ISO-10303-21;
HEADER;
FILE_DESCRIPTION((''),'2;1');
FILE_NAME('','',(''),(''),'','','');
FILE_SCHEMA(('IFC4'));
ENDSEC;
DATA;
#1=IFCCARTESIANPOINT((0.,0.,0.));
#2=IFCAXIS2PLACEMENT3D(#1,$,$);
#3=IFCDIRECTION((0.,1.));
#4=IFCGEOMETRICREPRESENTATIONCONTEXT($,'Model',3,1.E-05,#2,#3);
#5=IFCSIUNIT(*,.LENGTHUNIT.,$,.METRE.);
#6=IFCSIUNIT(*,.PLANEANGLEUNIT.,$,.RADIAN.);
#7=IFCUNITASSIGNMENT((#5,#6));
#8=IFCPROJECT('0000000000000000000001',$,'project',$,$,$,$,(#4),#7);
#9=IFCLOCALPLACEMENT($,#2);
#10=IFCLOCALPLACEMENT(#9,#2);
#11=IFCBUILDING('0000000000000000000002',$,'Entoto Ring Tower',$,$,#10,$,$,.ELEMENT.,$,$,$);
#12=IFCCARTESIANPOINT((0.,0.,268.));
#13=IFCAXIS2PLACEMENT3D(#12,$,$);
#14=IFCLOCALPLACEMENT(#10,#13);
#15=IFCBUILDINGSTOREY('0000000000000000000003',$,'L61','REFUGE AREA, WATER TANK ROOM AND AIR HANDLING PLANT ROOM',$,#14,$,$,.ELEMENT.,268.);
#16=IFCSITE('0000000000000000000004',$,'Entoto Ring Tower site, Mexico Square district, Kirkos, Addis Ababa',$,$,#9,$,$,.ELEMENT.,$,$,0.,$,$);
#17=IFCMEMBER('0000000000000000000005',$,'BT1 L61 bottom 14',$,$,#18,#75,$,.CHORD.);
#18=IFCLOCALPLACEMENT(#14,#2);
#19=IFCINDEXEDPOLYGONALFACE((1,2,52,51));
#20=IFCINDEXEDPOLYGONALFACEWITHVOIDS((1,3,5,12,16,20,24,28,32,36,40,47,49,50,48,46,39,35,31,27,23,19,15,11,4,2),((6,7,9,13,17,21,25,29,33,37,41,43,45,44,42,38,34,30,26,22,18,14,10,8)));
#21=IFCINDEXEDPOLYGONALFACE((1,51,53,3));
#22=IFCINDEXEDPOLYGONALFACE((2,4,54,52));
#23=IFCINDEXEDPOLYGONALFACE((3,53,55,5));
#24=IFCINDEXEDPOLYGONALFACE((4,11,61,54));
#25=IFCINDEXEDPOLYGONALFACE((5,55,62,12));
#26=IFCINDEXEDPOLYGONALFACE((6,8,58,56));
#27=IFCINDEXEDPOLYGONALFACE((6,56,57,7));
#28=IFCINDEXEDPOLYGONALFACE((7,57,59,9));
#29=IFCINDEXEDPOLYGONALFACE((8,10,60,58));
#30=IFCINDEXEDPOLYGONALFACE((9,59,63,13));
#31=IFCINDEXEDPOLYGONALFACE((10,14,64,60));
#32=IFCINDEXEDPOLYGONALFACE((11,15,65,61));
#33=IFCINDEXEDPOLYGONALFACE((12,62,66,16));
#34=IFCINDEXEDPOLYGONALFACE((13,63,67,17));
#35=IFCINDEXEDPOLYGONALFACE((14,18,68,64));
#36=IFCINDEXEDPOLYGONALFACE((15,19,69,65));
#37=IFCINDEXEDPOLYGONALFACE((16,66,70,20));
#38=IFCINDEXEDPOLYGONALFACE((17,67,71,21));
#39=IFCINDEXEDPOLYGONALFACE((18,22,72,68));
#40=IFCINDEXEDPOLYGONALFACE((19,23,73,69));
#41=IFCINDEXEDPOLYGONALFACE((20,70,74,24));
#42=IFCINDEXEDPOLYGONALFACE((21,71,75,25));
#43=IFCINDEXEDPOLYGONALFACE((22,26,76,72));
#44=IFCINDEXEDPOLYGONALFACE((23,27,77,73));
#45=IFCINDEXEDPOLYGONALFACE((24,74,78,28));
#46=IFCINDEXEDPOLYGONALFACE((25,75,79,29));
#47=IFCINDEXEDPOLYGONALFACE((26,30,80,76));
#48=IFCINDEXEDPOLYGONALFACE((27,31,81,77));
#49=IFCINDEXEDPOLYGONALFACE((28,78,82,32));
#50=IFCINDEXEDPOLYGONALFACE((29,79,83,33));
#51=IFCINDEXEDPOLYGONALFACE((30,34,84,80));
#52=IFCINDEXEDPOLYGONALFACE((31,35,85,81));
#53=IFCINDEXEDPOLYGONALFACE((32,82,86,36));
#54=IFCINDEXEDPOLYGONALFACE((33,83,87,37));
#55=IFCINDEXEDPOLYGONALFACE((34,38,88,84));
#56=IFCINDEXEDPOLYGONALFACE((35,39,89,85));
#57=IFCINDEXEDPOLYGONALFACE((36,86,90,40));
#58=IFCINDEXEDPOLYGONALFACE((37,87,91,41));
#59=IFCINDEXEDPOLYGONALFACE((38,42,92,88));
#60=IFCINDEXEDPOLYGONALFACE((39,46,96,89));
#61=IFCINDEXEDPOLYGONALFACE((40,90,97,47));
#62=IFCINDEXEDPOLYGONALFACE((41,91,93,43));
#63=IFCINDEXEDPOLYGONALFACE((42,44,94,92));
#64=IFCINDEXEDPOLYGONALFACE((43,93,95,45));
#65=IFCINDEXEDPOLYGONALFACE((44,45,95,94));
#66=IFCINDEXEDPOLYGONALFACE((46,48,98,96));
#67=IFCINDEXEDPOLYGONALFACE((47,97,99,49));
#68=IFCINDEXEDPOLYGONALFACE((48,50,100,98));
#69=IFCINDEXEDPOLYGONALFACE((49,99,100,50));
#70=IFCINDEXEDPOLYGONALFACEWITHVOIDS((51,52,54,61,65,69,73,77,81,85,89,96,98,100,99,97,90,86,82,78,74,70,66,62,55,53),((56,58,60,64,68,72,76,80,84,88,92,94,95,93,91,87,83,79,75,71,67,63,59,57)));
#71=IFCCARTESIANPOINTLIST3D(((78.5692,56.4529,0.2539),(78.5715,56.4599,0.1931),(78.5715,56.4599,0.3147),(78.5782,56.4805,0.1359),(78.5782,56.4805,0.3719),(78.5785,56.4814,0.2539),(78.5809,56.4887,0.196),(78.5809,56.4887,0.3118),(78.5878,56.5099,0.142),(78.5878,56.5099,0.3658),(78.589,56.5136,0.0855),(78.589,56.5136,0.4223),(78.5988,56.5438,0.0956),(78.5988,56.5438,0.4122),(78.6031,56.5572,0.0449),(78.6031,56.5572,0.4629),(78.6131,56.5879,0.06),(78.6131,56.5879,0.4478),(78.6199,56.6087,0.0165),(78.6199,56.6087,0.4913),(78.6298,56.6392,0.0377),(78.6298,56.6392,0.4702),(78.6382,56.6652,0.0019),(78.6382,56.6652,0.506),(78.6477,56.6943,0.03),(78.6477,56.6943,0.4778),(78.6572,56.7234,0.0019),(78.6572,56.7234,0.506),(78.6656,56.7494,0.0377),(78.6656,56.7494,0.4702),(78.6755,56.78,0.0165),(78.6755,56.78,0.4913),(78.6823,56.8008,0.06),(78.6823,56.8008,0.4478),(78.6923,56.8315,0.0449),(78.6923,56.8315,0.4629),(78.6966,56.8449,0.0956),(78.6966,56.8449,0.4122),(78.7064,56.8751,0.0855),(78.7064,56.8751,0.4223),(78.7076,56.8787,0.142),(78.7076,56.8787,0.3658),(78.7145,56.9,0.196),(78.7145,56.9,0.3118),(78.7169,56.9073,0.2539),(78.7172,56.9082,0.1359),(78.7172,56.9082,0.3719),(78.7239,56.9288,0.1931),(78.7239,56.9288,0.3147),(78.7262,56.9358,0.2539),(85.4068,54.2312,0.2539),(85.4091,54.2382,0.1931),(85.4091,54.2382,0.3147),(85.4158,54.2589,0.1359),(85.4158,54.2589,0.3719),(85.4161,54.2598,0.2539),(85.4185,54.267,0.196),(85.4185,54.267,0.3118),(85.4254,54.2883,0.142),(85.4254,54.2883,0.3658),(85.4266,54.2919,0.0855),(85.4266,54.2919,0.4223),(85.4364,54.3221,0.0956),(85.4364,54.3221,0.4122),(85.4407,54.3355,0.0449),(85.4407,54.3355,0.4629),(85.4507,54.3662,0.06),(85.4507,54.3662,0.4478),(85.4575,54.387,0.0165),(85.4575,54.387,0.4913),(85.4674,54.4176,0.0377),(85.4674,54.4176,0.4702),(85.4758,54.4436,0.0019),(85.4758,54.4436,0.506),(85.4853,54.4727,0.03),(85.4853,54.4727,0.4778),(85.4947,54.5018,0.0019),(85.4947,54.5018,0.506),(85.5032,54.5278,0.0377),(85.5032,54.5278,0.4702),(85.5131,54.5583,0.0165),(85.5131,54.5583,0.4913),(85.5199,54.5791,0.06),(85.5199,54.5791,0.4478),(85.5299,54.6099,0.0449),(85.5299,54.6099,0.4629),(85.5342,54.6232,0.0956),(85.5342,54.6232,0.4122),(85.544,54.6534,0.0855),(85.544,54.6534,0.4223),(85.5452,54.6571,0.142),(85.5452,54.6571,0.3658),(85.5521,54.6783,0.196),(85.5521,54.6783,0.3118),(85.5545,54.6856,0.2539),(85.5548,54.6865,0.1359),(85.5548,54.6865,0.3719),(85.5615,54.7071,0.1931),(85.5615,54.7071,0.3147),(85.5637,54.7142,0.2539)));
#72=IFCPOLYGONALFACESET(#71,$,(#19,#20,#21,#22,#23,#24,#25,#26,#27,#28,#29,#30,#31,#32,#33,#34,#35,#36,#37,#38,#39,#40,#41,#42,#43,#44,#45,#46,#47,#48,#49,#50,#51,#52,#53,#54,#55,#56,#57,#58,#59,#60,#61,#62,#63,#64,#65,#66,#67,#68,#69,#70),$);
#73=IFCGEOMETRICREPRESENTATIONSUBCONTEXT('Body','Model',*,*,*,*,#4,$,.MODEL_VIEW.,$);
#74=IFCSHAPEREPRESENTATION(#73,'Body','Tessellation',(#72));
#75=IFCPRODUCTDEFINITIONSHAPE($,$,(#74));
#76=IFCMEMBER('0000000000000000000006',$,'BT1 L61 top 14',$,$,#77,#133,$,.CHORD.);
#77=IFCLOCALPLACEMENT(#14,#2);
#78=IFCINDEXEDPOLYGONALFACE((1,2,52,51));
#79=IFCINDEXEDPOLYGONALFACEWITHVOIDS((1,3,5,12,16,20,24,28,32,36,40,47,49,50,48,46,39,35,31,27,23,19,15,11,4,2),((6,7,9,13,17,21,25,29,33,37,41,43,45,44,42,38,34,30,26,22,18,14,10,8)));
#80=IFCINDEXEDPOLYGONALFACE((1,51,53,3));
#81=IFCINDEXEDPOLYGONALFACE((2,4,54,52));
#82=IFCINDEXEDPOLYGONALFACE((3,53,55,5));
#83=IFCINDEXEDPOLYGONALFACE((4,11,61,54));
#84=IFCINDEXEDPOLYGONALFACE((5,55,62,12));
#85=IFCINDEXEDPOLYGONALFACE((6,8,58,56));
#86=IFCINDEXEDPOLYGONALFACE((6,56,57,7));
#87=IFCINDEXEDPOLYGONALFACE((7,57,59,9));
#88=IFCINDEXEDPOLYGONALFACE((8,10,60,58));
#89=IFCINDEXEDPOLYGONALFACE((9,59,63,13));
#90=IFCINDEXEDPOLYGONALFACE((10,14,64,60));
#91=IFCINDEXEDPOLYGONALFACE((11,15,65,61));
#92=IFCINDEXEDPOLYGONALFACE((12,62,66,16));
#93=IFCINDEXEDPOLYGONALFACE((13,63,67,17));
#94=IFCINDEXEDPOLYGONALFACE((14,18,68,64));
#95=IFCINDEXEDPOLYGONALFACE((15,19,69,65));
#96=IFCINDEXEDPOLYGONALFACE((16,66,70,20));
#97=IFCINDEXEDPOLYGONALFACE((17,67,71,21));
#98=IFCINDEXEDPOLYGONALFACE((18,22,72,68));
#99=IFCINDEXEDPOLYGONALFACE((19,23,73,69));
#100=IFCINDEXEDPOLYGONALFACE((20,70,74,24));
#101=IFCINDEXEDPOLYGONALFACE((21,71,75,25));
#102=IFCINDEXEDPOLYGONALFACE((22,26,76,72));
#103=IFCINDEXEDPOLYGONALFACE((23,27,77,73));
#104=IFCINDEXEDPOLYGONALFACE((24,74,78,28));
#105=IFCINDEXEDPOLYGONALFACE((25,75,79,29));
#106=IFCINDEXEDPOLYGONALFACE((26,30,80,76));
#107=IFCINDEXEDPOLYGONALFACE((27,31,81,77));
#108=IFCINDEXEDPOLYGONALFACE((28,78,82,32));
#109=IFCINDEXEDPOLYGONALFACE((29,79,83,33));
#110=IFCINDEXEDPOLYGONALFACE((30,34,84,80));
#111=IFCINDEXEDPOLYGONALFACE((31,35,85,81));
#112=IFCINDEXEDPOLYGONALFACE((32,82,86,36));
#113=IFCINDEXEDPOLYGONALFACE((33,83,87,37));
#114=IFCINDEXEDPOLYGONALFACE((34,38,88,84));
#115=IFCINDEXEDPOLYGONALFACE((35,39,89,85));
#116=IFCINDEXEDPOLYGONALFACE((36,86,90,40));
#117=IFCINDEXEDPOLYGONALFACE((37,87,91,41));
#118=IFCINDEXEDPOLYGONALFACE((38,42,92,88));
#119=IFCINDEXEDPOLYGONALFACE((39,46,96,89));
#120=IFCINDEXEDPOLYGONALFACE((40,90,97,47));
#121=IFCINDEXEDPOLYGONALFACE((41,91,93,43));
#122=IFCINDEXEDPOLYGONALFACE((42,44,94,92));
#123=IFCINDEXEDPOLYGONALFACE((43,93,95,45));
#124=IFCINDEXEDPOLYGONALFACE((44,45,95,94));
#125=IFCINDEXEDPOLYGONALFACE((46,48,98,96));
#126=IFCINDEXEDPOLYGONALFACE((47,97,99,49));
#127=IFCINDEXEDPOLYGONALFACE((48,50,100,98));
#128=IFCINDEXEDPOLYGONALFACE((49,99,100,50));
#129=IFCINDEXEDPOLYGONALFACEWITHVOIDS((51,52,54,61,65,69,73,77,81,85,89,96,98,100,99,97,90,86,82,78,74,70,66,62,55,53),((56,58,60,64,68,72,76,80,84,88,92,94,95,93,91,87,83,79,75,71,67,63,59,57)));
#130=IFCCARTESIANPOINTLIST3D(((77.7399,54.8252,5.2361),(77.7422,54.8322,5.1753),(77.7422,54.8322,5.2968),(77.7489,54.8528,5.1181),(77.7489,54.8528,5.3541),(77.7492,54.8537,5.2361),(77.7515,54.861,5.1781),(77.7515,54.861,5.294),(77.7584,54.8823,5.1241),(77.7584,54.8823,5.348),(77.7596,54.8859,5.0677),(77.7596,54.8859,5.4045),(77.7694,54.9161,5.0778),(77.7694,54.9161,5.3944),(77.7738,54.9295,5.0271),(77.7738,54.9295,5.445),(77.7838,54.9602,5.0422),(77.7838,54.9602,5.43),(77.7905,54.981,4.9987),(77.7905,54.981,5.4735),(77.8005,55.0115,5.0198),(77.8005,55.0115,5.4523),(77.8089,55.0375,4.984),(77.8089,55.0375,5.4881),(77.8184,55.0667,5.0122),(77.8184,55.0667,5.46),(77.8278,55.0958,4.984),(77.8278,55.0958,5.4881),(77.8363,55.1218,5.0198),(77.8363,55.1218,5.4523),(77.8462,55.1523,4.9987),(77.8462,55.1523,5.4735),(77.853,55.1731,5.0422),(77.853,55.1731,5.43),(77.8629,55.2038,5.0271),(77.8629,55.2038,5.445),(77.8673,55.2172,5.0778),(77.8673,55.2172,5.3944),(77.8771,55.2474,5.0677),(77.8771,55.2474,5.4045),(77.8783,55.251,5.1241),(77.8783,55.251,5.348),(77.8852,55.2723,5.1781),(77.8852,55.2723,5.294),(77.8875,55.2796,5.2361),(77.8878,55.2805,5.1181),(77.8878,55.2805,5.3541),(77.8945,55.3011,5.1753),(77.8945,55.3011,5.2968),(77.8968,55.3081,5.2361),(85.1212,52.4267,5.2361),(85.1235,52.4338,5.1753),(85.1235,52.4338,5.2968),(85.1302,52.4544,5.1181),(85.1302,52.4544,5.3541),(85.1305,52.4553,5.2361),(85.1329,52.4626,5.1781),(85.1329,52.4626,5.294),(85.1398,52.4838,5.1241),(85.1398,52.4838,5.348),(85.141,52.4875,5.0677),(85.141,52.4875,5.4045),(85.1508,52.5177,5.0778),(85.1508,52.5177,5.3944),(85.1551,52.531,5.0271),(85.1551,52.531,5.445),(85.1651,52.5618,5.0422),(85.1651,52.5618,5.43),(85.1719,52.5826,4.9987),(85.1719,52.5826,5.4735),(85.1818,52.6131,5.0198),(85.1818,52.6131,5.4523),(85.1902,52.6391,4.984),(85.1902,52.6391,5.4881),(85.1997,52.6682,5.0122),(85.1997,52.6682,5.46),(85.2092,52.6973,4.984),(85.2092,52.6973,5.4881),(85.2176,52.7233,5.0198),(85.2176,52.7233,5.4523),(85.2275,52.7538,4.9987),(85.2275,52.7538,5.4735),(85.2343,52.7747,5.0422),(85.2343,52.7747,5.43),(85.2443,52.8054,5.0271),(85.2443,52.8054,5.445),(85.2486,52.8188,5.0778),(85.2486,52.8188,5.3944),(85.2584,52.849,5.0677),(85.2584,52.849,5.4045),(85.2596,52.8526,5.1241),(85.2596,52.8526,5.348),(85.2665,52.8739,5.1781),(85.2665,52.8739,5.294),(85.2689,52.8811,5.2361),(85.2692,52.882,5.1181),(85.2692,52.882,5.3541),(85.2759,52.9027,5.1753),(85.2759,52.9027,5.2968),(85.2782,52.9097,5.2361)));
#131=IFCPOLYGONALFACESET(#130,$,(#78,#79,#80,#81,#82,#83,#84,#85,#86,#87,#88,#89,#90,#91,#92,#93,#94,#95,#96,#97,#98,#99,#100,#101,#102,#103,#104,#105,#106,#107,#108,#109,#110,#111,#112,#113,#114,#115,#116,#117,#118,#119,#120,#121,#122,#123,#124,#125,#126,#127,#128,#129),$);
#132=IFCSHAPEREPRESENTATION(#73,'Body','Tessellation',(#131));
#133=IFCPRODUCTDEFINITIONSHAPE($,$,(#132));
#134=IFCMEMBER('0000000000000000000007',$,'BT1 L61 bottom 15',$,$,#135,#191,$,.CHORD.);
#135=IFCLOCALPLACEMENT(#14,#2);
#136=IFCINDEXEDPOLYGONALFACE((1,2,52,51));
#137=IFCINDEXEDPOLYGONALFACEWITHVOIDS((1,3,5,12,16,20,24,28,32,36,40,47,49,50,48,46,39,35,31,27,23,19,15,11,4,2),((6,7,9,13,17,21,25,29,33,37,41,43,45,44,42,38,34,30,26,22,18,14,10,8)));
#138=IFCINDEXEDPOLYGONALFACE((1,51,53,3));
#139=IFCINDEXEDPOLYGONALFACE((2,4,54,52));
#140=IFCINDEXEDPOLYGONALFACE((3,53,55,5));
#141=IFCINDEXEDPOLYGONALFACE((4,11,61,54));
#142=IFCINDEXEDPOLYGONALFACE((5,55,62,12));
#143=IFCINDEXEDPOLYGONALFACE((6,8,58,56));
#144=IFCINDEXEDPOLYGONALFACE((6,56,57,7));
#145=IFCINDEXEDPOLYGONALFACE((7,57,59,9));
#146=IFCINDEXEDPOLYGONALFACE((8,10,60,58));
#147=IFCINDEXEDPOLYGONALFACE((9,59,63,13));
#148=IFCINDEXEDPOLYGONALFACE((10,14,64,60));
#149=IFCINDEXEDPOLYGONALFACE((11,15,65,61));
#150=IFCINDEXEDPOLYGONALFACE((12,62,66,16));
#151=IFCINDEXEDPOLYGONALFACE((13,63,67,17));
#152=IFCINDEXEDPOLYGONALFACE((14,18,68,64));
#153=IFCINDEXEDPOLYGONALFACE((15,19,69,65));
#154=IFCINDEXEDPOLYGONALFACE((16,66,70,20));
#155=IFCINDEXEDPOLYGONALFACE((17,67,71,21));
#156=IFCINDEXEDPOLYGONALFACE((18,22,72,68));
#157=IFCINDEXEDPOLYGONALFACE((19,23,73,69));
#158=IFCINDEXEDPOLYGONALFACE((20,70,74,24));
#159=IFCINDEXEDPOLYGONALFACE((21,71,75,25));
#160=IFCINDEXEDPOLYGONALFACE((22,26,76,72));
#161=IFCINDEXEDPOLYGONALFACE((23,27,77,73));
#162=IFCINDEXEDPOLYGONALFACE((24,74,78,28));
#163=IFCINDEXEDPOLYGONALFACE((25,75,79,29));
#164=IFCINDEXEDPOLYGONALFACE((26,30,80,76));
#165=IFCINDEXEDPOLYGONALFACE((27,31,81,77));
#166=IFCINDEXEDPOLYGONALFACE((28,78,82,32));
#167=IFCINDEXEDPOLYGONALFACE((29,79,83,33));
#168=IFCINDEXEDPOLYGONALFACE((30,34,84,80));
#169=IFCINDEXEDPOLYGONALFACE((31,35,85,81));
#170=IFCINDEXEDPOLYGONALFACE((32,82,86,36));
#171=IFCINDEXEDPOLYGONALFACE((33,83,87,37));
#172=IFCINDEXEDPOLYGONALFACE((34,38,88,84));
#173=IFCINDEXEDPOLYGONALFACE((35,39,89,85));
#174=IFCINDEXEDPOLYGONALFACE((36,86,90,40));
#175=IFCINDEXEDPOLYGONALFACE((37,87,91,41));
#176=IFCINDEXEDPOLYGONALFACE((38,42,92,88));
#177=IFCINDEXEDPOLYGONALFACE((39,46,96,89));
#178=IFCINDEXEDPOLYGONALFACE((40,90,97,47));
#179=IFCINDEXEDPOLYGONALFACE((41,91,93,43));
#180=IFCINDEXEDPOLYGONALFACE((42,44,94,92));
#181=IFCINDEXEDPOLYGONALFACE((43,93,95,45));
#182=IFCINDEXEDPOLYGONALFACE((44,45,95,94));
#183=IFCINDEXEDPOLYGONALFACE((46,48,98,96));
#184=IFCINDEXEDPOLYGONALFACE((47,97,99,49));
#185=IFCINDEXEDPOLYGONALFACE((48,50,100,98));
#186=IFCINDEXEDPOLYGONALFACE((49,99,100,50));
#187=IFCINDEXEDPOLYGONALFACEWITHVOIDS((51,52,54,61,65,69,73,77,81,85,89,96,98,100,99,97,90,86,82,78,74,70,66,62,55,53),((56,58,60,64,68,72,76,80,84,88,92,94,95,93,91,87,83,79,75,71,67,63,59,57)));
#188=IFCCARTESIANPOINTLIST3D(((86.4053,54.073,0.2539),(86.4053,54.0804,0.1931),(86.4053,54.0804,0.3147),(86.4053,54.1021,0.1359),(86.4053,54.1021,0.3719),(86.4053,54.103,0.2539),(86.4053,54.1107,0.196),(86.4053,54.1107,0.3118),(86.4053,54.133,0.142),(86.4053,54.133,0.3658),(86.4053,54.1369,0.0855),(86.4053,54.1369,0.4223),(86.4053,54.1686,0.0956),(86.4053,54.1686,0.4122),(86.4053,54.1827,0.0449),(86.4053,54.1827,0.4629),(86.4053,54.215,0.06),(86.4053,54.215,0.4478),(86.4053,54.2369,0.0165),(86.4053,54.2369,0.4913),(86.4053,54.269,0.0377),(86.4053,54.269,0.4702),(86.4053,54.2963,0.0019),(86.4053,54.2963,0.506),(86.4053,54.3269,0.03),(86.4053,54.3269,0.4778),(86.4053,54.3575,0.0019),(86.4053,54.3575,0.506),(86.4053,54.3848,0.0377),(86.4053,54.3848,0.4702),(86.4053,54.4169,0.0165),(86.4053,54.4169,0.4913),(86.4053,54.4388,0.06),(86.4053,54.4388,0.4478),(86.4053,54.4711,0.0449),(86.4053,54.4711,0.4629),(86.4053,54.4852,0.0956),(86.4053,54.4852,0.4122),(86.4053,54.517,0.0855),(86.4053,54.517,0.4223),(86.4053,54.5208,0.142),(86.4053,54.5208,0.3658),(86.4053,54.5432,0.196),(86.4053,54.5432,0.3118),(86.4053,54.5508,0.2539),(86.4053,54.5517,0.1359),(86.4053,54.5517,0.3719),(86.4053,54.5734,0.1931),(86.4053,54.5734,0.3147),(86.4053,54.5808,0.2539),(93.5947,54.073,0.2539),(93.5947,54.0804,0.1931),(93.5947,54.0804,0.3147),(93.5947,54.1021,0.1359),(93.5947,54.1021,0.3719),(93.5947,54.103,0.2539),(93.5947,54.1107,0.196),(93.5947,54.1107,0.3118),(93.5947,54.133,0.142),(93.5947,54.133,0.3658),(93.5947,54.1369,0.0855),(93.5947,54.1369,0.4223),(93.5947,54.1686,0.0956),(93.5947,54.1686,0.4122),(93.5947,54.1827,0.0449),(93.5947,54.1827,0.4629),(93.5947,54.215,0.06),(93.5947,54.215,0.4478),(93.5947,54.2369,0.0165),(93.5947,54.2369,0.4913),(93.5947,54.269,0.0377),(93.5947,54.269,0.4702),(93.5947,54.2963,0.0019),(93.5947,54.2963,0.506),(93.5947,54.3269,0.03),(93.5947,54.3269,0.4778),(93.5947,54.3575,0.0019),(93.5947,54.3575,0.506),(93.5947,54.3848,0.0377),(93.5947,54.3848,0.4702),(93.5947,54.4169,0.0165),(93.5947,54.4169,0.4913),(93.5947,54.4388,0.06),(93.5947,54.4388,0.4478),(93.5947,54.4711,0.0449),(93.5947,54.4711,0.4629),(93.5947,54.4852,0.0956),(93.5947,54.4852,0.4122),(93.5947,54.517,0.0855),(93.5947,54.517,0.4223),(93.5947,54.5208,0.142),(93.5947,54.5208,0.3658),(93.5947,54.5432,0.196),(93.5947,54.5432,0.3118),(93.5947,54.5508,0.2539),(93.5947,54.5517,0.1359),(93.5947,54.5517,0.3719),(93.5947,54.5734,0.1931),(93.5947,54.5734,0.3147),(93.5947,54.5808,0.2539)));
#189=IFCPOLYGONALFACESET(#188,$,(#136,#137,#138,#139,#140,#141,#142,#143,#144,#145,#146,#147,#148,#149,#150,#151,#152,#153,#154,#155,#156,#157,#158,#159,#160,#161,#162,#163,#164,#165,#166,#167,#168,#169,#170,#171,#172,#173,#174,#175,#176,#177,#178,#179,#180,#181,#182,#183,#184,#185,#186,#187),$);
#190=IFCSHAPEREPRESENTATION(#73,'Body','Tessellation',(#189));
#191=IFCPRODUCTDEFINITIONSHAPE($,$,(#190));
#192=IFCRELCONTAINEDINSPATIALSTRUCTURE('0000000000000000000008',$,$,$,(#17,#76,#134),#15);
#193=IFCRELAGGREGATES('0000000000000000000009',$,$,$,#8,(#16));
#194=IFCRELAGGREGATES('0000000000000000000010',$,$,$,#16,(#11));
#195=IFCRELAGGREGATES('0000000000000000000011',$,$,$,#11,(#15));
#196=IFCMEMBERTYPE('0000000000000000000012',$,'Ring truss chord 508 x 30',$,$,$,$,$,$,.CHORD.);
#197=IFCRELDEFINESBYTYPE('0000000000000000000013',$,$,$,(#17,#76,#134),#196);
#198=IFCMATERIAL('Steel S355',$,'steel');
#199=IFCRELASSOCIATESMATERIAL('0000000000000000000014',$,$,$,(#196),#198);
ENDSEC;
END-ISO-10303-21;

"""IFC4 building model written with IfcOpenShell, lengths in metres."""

from ifc_helpers import new_model, si_unit, direction, frame, origin, origin_2d, place, context, subcontext, project, spatial, circle, hollow_circle, extrude, material, material_profile, profile_set, type_object, element, save


model = new_model("IFC4")

# Units and contexts
model_context = context("Model", 3, precision=1e-05, world=origin(), true_north=direction((0.0, 1.0)))
body_context = subcontext(model_context, "Body", "Model", "MODEL_VIEW")
ifc_project = project(units=[si_unit("LENGTHUNIT", "METRE"), si_unit("PLANEANGLEUNIT", "RADIAN")], contexts=[model_context])

# Site, building, storey
site_placement = place(None, origin())
site = spatial("IfcSite", under=ifc_project, at=site_placement, Name="Entoto Ring Tower site, Mexico Square district, Kirkos, Addis Ababa", CompositionType="ELEMENT", RefElevation=0.0)
building_placement = place(site_placement, origin())
building = spatial("IfcBuilding", under=site, at=building_placement, Name="Entoto Ring Tower", CompositionType="ELEMENT")
storey_placement = place(building_placement, frame((0.0, 0.0, 268.0)))
storey = spatial("IfcBuildingStorey", under=building, at=storey_placement, Name="L61", Description="REFUGE AREA, WATER TANK ROOM AND AIR HANDLING PLANT ROOM", CompositionType="ELEMENT", Elevation=268.0)

# Members
ifc_material_1 = material(Name="Steel S355", Category="steel")
ifc_material_profile_1 = material_profile(ifc_material_1, hollow_circle(Radius=0.2539, WallThickness=0.03, at=origin_2d()), Name="CHS 508 x 30")
ifc_material_2 = material(Name="Concrete C60/75", Category="concrete")
ifc_material_profile_2 = material_profile(ifc_material_2, circle(Radius=0.2241, at=origin_2d()), Name="Concrete C60/75 infill")
ifc_profile_set_1 = profile_set([ifc_material_profile_1, ifc_material_profile_2], Name="Steel S355")
member_type_1 = type_object("IfcMemberType", Name="Ring truss chord 508 x 30", PredefinedType="CHORD", material=ifc_profile_set_1)
member_1_placement = place(storey_placement, frame((78.6477, 56.6943, 0.2539), z_axis=(0.951057, -0.309016, 0.0), x_axis=(0.309016, 0.951057, 0.0)))
element("IfcMember", 1, at=member_1_placement, inside=storey, type_object=member_type_1, Name="BT1 L61 bottom 14", PredefinedType="CHORD", context=body_context, shape_type="SweptSolid", body=[
    extrude(hollow_circle(Radius=0.2539, WallThickness=0.03, at=origin_2d()), origin(), (0.0, 0.0, 1.0), 7.1895),
])
member_2_placement = place(storey_placement, frame((77.8184, 55.0667, 5.2361), z_axis=(0.951053, -0.309028, 0.0), x_axis=(0.309028, 0.951053, 0.0)))
element("IfcMember", 2, at=member_2_placement, inside=storey, type_object=member_type_1, Name="BT1 L61 top 14", PredefinedType="CHORD", context=body_context, shape_type="SweptSolid", body=[
    extrude(hollow_circle(Radius=0.2539, WallThickness=0.03, at=origin_2d()), origin(), (0.0, 0.0, 1.0), 7.7612),
])
member_3_placement = place(storey_placement, frame((86.4053, 54.3269, 0.2539), z_axis=(1.0, 0.0, 0.0), x_axis=(0.0, 1.0, 0.0)))
element("IfcMember", 3, at=member_3_placement, inside=storey, type_object=member_type_1, Name="BT1 L61 bottom 15", PredefinedType="CHORD", context=body_context, shape_type="SweptSolid", body=[
    extrude(hollow_circle(Radius=0.2539, WallThickness=0.03, at=origin_2d()), origin(), (0.0, 0.0, 1.0), 7.1895),
])

save(model, "model.ifc")
